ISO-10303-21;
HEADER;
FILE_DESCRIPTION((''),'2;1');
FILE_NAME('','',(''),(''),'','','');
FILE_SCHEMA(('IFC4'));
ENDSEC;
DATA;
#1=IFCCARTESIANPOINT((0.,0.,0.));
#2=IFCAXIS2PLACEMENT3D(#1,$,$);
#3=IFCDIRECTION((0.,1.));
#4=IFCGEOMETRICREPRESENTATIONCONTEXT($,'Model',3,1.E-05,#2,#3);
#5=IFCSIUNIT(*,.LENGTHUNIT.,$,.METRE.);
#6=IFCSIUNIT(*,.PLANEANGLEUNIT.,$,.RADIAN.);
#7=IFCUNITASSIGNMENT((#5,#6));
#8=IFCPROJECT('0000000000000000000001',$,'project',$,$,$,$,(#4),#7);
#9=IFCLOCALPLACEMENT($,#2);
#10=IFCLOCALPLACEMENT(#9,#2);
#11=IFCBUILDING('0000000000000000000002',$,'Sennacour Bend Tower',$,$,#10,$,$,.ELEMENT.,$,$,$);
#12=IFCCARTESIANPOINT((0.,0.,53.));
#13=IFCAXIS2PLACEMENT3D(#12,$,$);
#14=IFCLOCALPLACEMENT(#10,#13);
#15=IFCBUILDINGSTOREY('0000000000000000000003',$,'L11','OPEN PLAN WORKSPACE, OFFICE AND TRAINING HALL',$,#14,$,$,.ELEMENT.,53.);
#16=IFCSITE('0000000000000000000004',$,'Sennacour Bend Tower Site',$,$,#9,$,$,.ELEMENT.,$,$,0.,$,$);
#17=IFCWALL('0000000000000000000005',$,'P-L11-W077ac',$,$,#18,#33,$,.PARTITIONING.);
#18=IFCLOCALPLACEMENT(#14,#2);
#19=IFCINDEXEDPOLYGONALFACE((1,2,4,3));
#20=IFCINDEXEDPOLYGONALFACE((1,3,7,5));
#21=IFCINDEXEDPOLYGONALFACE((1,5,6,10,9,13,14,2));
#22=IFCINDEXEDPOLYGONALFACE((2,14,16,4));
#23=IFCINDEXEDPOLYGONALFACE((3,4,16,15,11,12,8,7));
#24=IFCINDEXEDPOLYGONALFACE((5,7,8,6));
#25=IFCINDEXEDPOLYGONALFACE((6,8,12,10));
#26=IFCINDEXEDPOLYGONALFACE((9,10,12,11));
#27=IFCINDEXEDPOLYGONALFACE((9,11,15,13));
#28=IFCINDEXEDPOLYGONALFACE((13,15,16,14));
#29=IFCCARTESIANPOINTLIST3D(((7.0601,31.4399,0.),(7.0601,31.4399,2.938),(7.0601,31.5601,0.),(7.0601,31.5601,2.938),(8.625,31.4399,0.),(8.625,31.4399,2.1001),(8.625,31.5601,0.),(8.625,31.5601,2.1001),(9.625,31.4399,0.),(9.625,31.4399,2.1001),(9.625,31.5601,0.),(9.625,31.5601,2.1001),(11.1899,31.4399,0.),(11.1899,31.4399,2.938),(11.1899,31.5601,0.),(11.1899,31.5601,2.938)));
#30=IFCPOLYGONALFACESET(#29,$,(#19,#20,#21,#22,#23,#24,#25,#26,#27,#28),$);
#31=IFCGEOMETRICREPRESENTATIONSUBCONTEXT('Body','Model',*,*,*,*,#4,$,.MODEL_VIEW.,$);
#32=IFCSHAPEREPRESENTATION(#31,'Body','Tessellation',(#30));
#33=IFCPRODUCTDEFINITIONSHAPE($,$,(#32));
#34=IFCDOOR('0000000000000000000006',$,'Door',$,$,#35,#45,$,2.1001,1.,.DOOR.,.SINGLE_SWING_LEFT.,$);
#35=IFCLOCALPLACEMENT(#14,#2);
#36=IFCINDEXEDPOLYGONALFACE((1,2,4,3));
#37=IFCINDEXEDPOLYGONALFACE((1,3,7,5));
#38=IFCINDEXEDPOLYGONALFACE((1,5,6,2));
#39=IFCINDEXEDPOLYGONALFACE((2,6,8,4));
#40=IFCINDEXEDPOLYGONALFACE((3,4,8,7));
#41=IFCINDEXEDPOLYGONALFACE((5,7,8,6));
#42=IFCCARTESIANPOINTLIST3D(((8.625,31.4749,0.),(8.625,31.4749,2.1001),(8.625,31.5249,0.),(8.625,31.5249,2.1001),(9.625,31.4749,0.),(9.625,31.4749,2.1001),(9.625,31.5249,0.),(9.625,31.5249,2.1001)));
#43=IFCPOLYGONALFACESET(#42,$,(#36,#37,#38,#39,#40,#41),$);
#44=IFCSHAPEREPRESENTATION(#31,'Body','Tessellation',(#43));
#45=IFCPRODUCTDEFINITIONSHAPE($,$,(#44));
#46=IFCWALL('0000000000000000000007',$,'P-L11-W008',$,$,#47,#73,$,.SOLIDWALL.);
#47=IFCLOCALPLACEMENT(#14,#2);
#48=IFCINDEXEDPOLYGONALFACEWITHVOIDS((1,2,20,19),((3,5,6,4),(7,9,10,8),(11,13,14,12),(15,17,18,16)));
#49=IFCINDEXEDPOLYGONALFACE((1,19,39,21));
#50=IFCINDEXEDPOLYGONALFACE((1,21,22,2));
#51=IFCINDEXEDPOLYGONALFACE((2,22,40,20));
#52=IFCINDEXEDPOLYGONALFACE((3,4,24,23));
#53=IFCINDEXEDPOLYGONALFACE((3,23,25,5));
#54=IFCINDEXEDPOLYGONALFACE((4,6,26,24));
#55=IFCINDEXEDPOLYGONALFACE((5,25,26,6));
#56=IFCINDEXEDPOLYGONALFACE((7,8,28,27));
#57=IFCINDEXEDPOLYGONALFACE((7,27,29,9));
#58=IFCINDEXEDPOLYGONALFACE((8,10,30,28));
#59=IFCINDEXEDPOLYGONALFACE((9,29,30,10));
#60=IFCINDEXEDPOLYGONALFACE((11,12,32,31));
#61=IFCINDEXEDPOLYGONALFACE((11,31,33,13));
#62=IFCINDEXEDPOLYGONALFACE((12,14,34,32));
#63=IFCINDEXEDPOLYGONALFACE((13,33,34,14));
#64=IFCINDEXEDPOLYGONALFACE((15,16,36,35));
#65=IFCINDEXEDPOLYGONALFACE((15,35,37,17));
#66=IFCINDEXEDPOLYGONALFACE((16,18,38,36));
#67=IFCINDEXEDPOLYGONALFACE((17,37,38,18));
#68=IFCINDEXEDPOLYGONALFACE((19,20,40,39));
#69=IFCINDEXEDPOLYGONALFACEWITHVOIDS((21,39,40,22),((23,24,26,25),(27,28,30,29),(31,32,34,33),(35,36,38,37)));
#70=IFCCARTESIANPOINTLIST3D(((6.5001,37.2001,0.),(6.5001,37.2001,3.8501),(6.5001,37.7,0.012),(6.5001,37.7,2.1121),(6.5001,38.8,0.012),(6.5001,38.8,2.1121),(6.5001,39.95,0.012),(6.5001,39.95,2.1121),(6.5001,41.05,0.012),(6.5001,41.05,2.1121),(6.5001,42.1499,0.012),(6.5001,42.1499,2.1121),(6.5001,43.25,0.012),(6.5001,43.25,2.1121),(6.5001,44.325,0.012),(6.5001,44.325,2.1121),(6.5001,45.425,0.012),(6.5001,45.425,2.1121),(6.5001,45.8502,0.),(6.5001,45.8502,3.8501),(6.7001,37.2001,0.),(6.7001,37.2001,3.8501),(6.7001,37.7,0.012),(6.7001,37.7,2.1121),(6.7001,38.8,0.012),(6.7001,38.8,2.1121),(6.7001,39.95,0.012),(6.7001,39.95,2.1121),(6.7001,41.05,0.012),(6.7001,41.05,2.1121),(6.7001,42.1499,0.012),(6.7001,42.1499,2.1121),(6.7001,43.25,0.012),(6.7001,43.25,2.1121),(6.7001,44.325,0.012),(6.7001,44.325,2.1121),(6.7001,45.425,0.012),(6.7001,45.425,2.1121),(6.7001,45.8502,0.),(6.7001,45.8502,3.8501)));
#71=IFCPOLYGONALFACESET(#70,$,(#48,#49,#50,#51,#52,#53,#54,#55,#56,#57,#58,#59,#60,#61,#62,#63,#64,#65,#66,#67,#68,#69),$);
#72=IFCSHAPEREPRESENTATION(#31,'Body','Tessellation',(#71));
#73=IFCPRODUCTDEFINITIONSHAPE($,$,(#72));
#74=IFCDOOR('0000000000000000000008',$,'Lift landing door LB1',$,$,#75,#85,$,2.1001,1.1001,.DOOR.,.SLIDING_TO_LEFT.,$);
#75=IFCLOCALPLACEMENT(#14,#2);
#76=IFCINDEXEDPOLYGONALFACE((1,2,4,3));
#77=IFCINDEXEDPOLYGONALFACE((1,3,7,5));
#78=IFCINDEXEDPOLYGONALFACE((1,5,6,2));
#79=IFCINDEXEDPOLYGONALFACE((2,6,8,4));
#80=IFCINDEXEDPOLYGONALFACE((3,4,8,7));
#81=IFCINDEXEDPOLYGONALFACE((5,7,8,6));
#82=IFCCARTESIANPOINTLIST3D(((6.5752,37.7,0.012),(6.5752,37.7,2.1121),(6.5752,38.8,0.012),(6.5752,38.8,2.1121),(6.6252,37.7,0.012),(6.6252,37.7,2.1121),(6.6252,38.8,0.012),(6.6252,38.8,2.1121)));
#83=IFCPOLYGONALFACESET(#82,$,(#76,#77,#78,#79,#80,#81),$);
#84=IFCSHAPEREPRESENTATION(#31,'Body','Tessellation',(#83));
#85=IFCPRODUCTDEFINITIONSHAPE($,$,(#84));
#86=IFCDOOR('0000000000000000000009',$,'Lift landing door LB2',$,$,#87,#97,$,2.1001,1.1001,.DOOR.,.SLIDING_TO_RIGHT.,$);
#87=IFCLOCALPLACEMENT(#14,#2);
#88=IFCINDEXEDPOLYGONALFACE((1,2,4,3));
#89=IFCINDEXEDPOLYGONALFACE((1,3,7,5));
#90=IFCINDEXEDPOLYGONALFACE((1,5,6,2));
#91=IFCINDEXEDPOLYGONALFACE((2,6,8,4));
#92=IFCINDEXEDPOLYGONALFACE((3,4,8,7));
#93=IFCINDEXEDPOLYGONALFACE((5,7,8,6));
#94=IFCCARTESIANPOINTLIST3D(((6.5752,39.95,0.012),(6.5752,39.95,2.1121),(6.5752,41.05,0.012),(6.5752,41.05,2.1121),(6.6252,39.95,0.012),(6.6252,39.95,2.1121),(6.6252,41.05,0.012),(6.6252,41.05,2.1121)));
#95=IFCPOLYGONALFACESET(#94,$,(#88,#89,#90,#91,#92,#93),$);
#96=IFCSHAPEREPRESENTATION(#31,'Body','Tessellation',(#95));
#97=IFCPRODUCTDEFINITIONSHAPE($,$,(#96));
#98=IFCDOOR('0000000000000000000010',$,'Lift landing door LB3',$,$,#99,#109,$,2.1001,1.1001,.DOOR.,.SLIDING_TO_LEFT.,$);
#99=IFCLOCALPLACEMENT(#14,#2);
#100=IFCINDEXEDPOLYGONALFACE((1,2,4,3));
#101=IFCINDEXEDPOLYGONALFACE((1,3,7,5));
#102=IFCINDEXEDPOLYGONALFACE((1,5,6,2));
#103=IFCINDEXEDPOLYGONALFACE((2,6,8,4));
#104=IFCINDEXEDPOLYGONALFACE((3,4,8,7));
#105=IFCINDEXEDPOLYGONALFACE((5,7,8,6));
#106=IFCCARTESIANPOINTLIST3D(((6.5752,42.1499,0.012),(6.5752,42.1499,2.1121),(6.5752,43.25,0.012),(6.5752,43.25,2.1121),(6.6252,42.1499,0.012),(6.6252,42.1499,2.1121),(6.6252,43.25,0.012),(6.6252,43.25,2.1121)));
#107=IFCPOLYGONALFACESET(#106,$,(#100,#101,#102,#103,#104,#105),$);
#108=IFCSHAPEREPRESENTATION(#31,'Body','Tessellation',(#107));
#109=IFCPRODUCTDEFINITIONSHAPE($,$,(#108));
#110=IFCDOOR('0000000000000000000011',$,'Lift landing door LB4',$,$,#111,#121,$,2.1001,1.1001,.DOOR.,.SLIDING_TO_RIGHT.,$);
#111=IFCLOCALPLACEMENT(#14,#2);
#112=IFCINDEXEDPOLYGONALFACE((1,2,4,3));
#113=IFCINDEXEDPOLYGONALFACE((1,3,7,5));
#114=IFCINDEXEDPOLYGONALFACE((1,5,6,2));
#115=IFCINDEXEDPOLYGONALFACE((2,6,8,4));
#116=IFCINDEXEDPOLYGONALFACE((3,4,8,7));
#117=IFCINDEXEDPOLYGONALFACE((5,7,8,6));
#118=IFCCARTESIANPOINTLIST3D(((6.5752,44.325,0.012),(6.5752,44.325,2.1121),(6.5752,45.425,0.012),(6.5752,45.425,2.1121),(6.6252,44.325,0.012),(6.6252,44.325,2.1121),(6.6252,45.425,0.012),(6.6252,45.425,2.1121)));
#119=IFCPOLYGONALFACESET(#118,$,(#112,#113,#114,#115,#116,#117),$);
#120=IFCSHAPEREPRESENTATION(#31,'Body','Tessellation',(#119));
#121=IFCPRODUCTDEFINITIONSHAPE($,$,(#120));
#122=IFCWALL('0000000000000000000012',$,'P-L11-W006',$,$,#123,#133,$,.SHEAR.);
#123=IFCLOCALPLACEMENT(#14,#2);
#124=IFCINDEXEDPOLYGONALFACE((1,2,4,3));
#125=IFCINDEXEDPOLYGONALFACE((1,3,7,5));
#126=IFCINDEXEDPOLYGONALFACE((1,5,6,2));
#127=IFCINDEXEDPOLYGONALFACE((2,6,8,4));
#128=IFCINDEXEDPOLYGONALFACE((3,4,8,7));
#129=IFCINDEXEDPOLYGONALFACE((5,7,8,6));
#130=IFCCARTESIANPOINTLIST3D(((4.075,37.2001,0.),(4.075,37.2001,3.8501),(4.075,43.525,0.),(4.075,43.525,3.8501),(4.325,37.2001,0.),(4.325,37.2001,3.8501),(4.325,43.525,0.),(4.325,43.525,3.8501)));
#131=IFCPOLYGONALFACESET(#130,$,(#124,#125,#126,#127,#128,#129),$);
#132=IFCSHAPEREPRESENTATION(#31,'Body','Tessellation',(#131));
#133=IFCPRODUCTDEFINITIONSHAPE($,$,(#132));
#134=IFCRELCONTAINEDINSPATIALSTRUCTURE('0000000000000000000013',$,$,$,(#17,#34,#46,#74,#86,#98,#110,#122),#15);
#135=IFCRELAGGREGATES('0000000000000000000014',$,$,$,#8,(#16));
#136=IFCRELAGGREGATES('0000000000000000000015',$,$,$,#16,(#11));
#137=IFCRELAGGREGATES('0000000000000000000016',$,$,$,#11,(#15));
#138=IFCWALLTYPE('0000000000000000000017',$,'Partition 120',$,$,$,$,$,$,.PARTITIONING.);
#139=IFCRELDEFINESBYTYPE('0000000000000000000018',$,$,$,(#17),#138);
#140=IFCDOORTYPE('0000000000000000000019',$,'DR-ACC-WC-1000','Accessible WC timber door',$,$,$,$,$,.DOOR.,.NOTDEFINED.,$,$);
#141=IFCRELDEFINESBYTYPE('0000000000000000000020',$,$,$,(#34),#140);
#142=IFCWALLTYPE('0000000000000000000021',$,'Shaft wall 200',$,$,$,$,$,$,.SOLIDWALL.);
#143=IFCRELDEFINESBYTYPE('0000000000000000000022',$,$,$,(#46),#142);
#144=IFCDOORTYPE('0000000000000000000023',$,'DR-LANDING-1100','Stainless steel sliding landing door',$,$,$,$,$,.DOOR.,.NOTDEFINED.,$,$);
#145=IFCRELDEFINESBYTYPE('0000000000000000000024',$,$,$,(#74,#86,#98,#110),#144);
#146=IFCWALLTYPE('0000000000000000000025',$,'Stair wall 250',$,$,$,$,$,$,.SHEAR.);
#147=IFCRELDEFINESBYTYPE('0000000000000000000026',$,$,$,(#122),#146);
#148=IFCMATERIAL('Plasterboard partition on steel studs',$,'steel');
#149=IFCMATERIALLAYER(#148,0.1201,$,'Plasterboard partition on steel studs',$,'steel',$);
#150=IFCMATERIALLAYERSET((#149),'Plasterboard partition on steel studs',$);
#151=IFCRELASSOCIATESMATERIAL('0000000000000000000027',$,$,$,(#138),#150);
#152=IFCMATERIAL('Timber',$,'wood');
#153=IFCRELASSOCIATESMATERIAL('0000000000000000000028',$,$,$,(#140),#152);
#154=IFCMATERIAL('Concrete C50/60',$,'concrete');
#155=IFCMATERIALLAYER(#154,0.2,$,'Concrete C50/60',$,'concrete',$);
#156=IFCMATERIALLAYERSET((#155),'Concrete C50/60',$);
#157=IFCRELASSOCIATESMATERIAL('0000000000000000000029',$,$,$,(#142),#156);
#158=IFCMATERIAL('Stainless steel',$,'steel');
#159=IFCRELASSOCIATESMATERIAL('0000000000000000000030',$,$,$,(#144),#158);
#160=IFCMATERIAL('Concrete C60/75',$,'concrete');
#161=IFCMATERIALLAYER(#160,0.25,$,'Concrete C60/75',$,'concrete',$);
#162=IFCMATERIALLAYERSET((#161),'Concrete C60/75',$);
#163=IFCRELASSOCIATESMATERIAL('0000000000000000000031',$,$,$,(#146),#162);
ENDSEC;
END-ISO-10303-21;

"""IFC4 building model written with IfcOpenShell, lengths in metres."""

from ifc_helpers import new_model, si_unit, direction, frame, frame_2d, origin, place, context, subcontext, project, spatial, rectangle, extrude, material, layer, layer_set, type_object, element, fill, save


model = new_model("IFC4")

# Units and contexts
model_context = context("Model", 3, precision=1e-05, world=origin(), true_north=direction((0.0, 1.0)))
body_context = subcontext(model_context, "Body", "Model", "MODEL_VIEW")
ifc_project = project(units=[si_unit("LENGTHUNIT", "METRE"), si_unit("PLANEANGLEUNIT", "RADIAN")], contexts=[model_context])

# Site, building, storey
site_placement = place(None, origin())
site = spatial("IfcSite", under=ifc_project, at=site_placement, Name="Sennacour Bend Tower Site", CompositionType="ELEMENT", RefElevation=0.0)
building_placement = place(site_placement, origin())
building = spatial("IfcBuilding", under=site, at=building_placement, Name="Sennacour Bend Tower", CompositionType="ELEMENT")
storey_placement = place(building_placement, frame((0.0, 0.0, 53.0)))
storey = spatial("IfcBuildingStorey", under=building, at=storey_placement, Name="L11", Description="OPEN PLAN WORKSPACE, OFFICE AND TRAINING HALL", CompositionType="ELEMENT", Elevation=53.0)

# Shared definitions
ifc_material_1 = material(Name="Plasterboard partition on steel studs", Category="steel")
ifc_layer_1 = layer(ifc_material_1, 0.1201, Name="Plasterboard partition on steel studs", Category="steel")
ifc_layer_set_1 = layer_set([ifc_layer_1], Name="Plasterboard partition on steel studs")
wall_type_1 = type_object("IfcWallType", Name="Partition 120", PredefinedType="PARTITIONING", material=ifc_layer_set_1)

# Wall, opening, door
ifc_material_2 = material(Name="Timber", Category="wood")
wall_1_placement = place(storey_placement, frame((7.0601, 31.5, 0.0), z_axis=(0.0, 0.0, 1.0), x_axis=(1.0, 0.0, 0.0)))
wall_1 = element("IfcWall", 1, at=wall_1_placement, inside=storey, type_object=wall_type_1, Name="P-L11-W077ac", PredefinedType="PARTITIONING", context=body_context, shape_type="SweptSolid", body=[
    extrude(rectangle(XDim=4.1299, YDim=0.1201, at=frame_2d((2.0649, 0.0))), origin(), (0.0, 0.0, 1.0), 2.938),
])
opening_1_placement = place(wall_1_placement, frame((1.5649, 0.0, 0.0)))
opening_1 = element("IfcOpeningElement", 2, at=opening_1_placement, cuts=wall_1, PredefinedType="OPENING", context=body_context, shape_type="SweptSolid", body=[
    extrude(rectangle(XDim=1.0, YDim=2.1001, at=frame_2d((0.5, 1.05))), frame((0.0, 0.0701, 0.0), z_axis=(0.0, -1.0, 0.0), x_axis=(1.0, 0.0, 0.0)), (0.0, 0.0, 1.0), 0.1401),
])
door_type_1 = type_object("IfcDoorType", Name="DR-ACC-WC-1000", Description="Accessible WC timber door", OperationType="NOTDEFINED", PredefinedType="DOOR", material=ifc_material_2)
door_1_placement = place(opening_1_placement, origin())
door_1 = element("IfcDoor", 3, at=door_1_placement, inside=storey, type_object=door_type_1, Name="Door", OperationType="SINGLE_SWING_LEFT", OverallHeight=2.1001, OverallWidth=1.0, PredefinedType="DOOR", context=body_context, shape_type="SweptSolid", body=[
    extrude(rectangle(XDim=1.0, YDim=2.1001, at=frame_2d((0.5, 1.05))), frame((0.0, 0.0249, 0.0), z_axis=(0.0, -1.0, 0.0), x_axis=(1.0, 0.0, 0.0)), (0.0, 0.0, 1.0), 0.05),
])
fill(opening_1, door_1)

# Wall, openings, doors
ifc_material_3 = material(Name="Concrete C50/60", Category="concrete")
ifc_layer_2 = layer(ifc_material_3, 0.2, Name="Concrete C50/60", Category="concrete")
ifc_layer_set_2 = layer_set([ifc_layer_2], Name="Concrete C50/60")
wall_type_2 = type_object("IfcWallType", Name="Shaft wall 200", PredefinedType="SOLIDWALL", material=ifc_layer_set_2)
wall_2_placement = place(storey_placement, frame((6.6001, 37.2, 0.0), z_axis=(0.0, 0.0, 1.0), x_axis=(0.0, 1.0, 0.0)))
wall_2 = element("IfcWall", 4, at=wall_2_placement, inside=storey, type_object=wall_type_2, Name="P-L11-W008", PredefinedType="SOLIDWALL", context=body_context, shape_type="SweptSolid", body=[
    extrude(rectangle(XDim=8.6501, YDim=0.2, at=frame_2d((4.3252, 0.0))), origin(), (0.0, 0.0, 1.0), 3.8501),
])
opening_2_placement = place(wall_2_placement, frame((0.5, 0.0, 0.012)))
opening_2 = element("IfcOpeningElement", 5, at=opening_2_placement, cuts=wall_2, PredefinedType="OPENING", context=body_context, shape_type="SweptSolid", body=[
    extrude(rectangle(XDim=1.1001, YDim=2.1001, at=frame_2d((0.55, 1.05))), frame((0.0, 0.1099, 0.0), z_axis=(0.0, -1.0, 0.0), x_axis=(1.0, 0.0, 0.0)), (0.0, 0.0, 1.0), 0.22),
])
opening_3_placement = place(wall_2_placement, frame((2.75, 0.0, 0.012)))
opening_3 = element("IfcOpeningElement", 6, at=opening_3_placement, cuts=wall_2, PredefinedType="OPENING", context=body_context, shape_type="SweptSolid", body=[
    extrude(rectangle(XDim=1.1001, YDim=2.1001, at=frame_2d((0.55, 1.05))), frame((0.0, 0.1099, 0.0), z_axis=(0.0, -1.0, 0.0), x_axis=(1.0, 0.0, 0.0)), (0.0, 0.0, 1.0), 0.22),
])
opening_4_placement = place(wall_2_placement, frame((4.95, 0.0, 0.012)))
opening_4 = element("IfcOpeningElement", 7, at=opening_4_placement, cuts=wall_2, PredefinedType="OPENING", context=body_context, shape_type="SweptSolid", body=[
    extrude(rectangle(XDim=1.1001, YDim=2.1001, at=frame_2d((0.55, 1.05))), frame((0.0, 0.1099, 0.0), z_axis=(0.0, -1.0, 0.0), x_axis=(1.0, 0.0, 0.0)), (0.0, 0.0, 1.0), 0.22),
])
opening_5_placement = place(wall_2_placement, frame((7.125, 0.0, 0.012)))
opening_5 = element("IfcOpeningElement", 8, at=opening_5_placement, cuts=wall_2, PredefinedType="OPENING", context=body_context, shape_type="SweptSolid", body=[
    extrude(rectangle(XDim=1.1001, YDim=2.1001, at=frame_2d((0.55, 1.05))), frame((0.0, 0.1099, 0.0), z_axis=(0.0, -1.0, 0.0), x_axis=(1.0, 0.0, 0.0)), (0.0, 0.0, 1.0), 0.22),
])
ifc_material_4 = material(Name="Stainless steel", Category="steel")
door_type_2 = type_object("IfcDoorType", Name="DR-LANDING-1100", Description="Stainless steel sliding landing door", OperationType="NOTDEFINED", PredefinedType="DOOR", material=ifc_material_4)
door_2_placement = place(opening_2_placement, origin())
door_2 = element("IfcDoor", 9, at=door_2_placement, inside=storey, type_object=door_type_2, Name="Lift landing door LB1", OperationType="SLIDING_TO_LEFT", OverallHeight=2.1001, OverallWidth=1.1001, PredefinedType="DOOR", context=body_context, shape_type="SweptSolid", body=[
    extrude(rectangle(XDim=1.1001, YDim=2.1001, at=frame_2d((0.55, 1.05))), frame((0.0, 0.0249, 0.0), z_axis=(0.0, -1.0, 0.0), x_axis=(1.0, 0.0, 0.0)), (0.0, 0.0, 1.0), 0.05),
])
fill(opening_2, door_2)
door_3_placement = place(opening_3_placement, origin())
door_3 = element("IfcDoor", 10, at=door_3_placement, inside=storey, type_object=door_type_2, Name="Lift landing door LB2", OperationType="SLIDING_TO_RIGHT", OverallHeight=2.1001, OverallWidth=1.1001, PredefinedType="DOOR", context=body_context, shape_type="SweptSolid", body=[
    extrude(rectangle(XDim=1.1001, YDim=2.1001, at=frame_2d((0.55, 1.05))), frame((0.0, 0.0249, 0.0), z_axis=(0.0, -1.0, 0.0), x_axis=(1.0, 0.0, 0.0)), (0.0, 0.0, 1.0), 0.05),
])
fill(opening_3, door_3)
door_4_placement = place(opening_4_placement, origin())
door_4 = element("IfcDoor", 11, at=door_4_placement, inside=storey, type_object=door_type_2, Name="Lift landing door LB3", OperationType="SLIDING_TO_LEFT", OverallHeight=2.1001, OverallWidth=1.1001, PredefinedType="DOOR", context=body_context, shape_type="SweptSolid", body=[
    extrude(rectangle(XDim=1.1001, YDim=2.1001, at=frame_2d((0.55, 1.05))), frame((0.0, 0.0249, 0.0), z_axis=(0.0, -1.0, 0.0), x_axis=(1.0, 0.0, 0.0)), (0.0, 0.0, 1.0), 0.05),
])
fill(opening_4, door_4)
door_5_placement = place(opening_5_placement, origin())
door_5 = element("IfcDoor", 12, at=door_5_placement, inside=storey, type_object=door_type_2, Name="Lift landing door LB4", OperationType="SLIDING_TO_RIGHT", OverallHeight=2.1001, OverallWidth=1.1001, PredefinedType="DOOR", context=body_context, shape_type="SweptSolid", body=[
    extrude(rectangle(XDim=1.1001, YDim=2.1001, at=frame_2d((0.55, 1.05))), frame((0.0, 0.0249, 0.0), z_axis=(0.0, -1.0, 0.0), x_axis=(1.0, 0.0, 0.0)), (0.0, 0.0, 1.0), 0.05),
])
fill(opening_5, door_5)

# Wall
ifc_material_5 = material(Name="Concrete C60/75", Category="concrete")
ifc_layer_3 = layer(ifc_material_5, 0.25, Name="Concrete C60/75", Category="concrete")
ifc_layer_set_3 = layer_set([ifc_layer_3], Name="Concrete C60/75")
wall_type_3 = type_object("IfcWallType", Name="Stair wall 250", PredefinedType="SHEAR", material=ifc_layer_set_3)
wall_3_placement = place(storey_placement, frame((4.2, 37.2, 0.0), z_axis=(0.0, 0.0, 1.0), x_axis=(0.0, 1.0, 0.0)))
element("IfcWall", 13, at=wall_3_placement, inside=storey, type_object=wall_type_3, Name="P-L11-W006", PredefinedType="SHEAR", context=body_context, shape_type="SweptSolid", body=[
    extrude(rectangle(XDim=6.325, YDim=0.25, at=frame_2d((3.1626, 0.0))), origin(), (0.0, 0.0, 1.0), 3.8501),
])

save(model, "model.ifc")
